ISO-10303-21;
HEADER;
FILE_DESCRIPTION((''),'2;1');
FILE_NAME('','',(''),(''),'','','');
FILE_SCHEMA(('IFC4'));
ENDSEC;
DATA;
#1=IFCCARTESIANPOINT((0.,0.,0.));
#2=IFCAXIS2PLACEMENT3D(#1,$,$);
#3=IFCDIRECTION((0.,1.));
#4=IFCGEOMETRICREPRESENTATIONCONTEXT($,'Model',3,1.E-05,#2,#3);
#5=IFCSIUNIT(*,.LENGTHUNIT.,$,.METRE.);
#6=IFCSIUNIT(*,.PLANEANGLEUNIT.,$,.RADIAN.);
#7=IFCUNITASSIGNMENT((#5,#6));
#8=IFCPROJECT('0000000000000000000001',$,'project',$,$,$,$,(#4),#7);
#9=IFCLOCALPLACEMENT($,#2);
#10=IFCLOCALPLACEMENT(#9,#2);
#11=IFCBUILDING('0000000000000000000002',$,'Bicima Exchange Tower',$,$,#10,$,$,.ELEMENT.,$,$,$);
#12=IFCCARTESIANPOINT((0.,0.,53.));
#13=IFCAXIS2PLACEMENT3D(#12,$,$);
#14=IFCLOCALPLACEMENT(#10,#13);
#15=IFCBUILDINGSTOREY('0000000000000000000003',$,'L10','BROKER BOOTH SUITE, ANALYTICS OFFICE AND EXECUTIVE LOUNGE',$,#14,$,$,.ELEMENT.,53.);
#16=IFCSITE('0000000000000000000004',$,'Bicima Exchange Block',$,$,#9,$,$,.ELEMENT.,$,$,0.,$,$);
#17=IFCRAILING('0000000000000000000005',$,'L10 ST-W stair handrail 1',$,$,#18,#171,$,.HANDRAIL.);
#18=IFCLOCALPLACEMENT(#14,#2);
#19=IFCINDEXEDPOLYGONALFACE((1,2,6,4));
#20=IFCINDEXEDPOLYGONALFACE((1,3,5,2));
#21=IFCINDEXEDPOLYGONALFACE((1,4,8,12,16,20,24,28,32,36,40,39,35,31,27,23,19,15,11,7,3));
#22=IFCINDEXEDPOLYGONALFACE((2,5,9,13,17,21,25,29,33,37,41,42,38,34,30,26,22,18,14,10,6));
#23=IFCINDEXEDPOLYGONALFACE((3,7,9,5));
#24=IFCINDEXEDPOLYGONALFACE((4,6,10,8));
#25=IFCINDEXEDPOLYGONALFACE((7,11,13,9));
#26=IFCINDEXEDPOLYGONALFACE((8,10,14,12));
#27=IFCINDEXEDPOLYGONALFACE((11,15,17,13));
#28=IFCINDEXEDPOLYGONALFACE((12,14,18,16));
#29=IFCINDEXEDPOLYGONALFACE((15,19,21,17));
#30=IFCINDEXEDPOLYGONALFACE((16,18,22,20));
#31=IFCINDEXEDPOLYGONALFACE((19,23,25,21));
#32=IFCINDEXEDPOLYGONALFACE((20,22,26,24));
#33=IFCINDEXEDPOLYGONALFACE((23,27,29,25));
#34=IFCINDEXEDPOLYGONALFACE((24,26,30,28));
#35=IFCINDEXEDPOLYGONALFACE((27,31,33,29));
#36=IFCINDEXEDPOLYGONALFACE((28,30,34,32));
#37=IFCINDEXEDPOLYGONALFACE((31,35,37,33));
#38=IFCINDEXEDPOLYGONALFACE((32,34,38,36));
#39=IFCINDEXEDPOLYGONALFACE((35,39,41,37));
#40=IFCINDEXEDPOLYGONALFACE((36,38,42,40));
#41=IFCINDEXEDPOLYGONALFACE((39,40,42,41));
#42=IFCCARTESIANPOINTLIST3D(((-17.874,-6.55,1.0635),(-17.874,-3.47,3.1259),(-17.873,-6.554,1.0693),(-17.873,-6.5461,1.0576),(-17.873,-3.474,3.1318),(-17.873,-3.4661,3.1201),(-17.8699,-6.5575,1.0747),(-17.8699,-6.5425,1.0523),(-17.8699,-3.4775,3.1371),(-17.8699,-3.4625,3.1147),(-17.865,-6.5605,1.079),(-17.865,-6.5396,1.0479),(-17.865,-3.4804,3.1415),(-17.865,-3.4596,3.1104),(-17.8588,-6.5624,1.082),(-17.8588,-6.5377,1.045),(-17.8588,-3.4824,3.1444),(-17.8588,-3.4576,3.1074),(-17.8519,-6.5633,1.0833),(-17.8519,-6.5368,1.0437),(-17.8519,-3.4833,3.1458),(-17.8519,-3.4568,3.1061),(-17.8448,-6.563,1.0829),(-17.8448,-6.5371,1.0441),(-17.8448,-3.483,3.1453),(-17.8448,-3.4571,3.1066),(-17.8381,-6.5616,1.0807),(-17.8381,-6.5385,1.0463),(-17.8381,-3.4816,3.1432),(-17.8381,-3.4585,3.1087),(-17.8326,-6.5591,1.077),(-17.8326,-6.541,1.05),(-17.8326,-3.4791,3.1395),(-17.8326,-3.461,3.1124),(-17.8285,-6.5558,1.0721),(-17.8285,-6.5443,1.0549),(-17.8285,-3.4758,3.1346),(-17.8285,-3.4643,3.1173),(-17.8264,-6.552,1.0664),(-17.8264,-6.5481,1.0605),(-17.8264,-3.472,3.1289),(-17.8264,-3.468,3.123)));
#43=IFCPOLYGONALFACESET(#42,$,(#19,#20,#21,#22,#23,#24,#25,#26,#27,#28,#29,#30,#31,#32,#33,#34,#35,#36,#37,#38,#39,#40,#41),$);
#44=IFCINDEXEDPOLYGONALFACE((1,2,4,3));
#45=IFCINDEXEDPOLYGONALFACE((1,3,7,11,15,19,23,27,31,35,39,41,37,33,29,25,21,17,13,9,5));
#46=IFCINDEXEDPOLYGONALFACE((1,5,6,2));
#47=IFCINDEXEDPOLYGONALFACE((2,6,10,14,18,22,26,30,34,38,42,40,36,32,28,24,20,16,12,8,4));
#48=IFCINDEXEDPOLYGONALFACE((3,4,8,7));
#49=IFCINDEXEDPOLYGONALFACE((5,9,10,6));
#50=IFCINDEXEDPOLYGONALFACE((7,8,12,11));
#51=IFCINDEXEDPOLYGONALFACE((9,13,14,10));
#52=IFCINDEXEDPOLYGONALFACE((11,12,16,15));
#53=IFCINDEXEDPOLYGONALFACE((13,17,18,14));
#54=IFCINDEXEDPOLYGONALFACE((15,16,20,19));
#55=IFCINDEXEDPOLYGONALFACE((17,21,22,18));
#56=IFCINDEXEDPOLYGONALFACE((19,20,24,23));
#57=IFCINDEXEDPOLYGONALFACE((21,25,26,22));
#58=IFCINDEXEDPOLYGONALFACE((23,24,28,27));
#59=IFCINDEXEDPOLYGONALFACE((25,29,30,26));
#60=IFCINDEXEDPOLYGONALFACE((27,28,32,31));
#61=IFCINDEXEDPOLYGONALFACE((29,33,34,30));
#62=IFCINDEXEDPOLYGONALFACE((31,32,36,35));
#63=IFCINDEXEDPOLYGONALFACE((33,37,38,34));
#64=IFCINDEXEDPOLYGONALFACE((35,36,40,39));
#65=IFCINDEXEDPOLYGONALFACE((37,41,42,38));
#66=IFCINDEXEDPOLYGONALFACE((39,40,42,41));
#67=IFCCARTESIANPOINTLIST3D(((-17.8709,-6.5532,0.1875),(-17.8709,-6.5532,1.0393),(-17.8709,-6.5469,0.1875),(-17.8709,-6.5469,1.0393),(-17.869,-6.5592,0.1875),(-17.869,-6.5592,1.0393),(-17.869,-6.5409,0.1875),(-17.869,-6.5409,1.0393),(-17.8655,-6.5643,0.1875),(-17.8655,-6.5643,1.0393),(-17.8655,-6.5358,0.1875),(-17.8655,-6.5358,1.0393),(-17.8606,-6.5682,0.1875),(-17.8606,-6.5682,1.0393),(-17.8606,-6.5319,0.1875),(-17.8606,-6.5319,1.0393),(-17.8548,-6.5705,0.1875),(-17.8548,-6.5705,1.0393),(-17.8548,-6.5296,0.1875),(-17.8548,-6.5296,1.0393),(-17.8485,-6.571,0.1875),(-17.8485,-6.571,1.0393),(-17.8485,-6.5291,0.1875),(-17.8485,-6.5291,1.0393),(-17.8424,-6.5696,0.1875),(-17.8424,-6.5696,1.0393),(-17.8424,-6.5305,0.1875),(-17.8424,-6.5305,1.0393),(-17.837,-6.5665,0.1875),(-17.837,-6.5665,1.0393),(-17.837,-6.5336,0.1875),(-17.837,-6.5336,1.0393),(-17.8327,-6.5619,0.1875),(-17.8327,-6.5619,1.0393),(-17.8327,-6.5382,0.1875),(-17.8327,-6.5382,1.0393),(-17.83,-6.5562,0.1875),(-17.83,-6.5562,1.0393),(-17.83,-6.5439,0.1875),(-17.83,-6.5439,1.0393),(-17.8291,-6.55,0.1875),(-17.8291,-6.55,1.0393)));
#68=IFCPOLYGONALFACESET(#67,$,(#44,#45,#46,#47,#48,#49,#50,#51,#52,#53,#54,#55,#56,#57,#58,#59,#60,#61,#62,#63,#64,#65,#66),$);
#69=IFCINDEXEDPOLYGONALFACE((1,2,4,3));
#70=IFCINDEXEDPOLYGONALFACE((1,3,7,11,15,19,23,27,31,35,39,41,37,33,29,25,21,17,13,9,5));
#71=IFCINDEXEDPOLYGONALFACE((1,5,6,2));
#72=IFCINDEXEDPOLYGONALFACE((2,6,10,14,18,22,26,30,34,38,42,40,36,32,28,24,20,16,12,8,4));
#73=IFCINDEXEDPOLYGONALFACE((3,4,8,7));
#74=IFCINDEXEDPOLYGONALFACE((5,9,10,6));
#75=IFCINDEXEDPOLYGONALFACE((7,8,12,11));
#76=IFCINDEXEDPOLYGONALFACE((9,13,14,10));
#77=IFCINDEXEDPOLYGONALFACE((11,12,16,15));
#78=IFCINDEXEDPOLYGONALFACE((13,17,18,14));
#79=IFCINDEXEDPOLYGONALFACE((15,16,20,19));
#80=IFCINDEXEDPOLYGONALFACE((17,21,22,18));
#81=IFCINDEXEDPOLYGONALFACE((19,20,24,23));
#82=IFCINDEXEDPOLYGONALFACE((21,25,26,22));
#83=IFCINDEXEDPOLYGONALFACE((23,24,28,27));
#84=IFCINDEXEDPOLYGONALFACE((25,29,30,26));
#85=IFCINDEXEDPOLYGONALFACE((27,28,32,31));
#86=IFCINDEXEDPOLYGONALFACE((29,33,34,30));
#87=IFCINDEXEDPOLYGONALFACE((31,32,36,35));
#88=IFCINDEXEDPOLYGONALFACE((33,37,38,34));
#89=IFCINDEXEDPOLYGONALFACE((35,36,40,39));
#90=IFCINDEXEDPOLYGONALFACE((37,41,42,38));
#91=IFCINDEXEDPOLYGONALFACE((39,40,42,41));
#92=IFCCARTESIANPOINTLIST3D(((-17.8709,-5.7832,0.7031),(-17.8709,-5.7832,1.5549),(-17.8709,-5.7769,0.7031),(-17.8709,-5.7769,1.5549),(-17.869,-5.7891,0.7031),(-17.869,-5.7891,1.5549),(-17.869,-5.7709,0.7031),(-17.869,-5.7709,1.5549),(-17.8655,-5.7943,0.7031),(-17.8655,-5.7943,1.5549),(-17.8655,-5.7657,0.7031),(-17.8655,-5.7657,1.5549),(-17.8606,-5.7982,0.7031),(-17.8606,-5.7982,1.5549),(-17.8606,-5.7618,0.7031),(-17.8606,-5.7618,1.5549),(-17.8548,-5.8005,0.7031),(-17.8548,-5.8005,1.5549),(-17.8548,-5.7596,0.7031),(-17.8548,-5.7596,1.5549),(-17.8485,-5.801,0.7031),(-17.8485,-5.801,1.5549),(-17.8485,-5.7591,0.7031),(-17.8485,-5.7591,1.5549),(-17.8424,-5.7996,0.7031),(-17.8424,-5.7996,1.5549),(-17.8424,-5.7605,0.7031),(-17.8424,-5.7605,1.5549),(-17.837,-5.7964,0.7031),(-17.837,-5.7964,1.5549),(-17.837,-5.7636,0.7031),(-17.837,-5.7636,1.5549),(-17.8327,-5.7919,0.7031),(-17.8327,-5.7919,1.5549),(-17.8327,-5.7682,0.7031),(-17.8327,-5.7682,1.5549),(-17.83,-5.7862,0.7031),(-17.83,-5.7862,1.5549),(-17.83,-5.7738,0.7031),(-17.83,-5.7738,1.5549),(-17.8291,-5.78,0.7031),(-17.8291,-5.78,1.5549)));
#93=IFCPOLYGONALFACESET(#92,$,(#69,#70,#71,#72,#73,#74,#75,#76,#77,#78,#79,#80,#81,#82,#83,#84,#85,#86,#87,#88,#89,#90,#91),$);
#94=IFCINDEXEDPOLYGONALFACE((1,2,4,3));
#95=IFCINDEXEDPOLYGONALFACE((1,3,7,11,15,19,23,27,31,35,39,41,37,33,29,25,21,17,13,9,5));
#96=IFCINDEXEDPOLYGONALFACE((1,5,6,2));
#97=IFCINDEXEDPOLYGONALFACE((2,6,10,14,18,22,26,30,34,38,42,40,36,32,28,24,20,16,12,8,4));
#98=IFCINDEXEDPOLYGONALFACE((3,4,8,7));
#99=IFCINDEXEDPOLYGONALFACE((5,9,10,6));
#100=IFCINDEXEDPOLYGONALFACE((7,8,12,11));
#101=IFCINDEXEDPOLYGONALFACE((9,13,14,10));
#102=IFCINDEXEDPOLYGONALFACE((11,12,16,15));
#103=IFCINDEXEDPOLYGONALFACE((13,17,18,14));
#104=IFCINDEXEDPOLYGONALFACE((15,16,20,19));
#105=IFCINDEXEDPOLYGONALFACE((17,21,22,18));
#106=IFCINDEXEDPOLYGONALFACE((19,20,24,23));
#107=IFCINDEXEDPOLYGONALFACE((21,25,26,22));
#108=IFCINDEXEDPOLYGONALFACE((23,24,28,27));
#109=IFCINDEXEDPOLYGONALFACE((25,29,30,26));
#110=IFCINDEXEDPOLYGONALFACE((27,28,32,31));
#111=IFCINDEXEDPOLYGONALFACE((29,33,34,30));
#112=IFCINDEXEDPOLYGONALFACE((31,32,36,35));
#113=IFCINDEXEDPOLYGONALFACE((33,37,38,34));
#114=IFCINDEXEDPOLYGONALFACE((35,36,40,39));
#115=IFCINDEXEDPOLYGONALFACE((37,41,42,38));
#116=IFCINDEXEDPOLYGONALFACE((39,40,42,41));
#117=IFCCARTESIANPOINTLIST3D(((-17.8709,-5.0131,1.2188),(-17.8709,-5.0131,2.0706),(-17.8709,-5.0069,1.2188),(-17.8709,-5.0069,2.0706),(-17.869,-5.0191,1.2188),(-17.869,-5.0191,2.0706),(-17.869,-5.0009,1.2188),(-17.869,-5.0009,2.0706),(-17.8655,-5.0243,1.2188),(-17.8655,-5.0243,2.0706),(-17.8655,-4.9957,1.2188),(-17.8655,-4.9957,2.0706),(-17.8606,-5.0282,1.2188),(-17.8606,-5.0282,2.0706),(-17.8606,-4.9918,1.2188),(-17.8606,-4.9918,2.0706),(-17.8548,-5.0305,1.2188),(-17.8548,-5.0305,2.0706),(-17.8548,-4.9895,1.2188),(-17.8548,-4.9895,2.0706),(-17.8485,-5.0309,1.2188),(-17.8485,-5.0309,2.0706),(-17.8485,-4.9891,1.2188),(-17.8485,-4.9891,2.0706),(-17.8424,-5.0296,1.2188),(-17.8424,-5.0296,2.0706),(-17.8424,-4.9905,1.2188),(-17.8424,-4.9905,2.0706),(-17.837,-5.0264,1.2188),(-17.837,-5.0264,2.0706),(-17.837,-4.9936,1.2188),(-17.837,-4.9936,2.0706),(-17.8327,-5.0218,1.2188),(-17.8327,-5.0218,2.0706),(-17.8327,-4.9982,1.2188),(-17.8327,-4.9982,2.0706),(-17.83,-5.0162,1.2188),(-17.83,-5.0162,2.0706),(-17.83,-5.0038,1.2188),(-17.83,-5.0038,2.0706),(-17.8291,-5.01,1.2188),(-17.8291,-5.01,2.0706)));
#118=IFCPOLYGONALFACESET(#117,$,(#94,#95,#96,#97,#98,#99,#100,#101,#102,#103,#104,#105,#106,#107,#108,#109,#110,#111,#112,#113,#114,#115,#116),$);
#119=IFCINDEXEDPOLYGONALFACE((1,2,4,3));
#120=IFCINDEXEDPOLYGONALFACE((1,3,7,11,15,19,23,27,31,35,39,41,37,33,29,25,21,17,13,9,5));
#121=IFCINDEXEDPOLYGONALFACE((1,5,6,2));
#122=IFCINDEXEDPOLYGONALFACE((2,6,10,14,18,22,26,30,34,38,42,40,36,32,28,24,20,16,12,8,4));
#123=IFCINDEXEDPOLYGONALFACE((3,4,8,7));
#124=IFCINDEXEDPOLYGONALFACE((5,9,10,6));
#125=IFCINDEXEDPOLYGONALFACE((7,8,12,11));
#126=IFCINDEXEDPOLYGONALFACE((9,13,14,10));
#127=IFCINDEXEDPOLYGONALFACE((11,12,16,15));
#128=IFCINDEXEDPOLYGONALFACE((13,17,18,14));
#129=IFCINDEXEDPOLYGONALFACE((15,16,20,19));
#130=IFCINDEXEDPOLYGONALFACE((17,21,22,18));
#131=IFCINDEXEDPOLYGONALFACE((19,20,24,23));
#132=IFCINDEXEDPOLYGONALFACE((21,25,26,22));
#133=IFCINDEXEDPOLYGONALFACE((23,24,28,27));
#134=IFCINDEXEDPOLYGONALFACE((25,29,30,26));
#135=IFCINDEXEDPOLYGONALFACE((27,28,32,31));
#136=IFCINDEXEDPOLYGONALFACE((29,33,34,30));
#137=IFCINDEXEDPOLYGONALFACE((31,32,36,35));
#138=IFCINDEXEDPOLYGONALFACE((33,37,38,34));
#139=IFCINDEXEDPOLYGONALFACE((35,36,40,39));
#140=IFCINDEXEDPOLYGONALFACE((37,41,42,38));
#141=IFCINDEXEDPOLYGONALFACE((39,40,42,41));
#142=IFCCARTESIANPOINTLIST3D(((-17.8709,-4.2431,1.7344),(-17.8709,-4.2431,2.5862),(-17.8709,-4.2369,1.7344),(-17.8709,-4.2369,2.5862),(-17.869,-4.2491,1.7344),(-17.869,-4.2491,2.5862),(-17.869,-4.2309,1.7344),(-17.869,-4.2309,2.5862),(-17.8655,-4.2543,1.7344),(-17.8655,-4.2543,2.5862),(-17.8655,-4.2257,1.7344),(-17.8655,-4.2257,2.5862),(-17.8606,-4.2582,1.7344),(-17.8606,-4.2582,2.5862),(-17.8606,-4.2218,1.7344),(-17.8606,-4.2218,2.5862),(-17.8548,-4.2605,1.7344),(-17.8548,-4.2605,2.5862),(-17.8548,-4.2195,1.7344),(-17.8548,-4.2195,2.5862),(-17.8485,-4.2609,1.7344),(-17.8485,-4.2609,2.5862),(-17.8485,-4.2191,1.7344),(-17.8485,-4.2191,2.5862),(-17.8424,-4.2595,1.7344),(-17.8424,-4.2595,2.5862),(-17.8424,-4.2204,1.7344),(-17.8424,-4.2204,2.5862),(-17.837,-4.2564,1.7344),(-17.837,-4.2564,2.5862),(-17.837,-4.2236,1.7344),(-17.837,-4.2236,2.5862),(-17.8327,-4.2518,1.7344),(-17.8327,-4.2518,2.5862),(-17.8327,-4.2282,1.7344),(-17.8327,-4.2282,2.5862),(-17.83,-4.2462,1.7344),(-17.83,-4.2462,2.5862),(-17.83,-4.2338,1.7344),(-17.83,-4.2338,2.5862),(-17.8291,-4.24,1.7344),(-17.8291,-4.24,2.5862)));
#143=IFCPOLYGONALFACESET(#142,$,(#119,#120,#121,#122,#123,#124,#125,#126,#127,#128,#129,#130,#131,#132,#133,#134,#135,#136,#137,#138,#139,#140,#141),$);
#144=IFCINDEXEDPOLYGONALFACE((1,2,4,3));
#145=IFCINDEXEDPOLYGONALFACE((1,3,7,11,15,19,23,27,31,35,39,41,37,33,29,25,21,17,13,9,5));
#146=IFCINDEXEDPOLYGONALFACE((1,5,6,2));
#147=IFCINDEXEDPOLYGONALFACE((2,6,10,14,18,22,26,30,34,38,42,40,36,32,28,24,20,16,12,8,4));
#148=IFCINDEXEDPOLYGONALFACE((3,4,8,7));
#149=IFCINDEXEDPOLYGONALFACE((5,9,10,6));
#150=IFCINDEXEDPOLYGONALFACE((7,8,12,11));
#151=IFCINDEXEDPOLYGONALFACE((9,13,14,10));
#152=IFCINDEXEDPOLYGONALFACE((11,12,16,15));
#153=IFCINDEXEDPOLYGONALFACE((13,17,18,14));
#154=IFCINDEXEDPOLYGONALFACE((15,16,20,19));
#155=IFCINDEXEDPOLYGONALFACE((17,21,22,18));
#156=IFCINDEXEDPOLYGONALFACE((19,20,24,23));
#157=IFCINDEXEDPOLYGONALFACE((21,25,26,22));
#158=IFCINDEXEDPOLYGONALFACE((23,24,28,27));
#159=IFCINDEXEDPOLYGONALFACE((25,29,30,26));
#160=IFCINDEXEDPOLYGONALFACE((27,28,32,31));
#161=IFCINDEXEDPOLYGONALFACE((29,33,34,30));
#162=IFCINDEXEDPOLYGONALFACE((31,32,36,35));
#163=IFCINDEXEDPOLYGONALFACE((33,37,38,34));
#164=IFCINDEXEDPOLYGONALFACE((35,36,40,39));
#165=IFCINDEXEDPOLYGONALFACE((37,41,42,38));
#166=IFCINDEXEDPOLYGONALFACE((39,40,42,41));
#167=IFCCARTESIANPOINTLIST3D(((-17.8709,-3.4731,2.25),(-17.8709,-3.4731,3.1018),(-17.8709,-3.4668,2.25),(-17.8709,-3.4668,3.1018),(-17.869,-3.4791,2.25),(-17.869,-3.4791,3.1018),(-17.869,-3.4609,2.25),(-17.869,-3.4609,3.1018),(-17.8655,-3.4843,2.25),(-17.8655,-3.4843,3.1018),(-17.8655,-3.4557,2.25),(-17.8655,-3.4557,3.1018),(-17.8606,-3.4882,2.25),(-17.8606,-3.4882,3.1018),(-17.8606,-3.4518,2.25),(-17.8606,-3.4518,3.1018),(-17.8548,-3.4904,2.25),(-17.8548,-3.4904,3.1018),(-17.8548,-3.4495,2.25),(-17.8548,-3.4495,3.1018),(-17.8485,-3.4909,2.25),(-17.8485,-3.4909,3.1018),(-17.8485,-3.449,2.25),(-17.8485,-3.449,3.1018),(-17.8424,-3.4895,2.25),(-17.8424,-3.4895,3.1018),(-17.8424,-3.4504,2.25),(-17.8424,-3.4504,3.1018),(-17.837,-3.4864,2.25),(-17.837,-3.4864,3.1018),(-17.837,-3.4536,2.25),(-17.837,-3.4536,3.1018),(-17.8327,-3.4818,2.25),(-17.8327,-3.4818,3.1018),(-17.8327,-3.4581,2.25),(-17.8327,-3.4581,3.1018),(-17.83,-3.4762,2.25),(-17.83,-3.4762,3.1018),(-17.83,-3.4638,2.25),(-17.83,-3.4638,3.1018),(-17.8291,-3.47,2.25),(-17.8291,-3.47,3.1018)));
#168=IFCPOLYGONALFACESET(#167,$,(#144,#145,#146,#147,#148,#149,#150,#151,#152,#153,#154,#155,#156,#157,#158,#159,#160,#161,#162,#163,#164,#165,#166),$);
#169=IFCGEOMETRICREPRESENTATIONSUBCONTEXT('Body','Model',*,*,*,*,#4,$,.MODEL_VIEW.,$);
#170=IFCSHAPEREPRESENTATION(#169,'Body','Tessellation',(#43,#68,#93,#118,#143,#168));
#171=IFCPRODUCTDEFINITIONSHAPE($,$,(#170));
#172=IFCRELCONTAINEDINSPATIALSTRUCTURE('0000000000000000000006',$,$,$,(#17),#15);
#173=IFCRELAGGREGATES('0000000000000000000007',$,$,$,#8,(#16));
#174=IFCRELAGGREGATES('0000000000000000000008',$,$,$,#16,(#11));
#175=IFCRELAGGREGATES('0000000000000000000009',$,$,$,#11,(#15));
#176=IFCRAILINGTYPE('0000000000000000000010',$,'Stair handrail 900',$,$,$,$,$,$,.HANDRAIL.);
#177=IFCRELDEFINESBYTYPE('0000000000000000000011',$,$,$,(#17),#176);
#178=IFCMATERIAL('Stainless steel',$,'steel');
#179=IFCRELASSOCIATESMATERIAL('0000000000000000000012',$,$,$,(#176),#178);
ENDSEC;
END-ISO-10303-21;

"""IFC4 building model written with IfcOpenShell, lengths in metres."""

from ifc_helpers import new_model, si_unit, direction, frame, origin, origin_2d, place, context, subcontext, project, spatial, circle, extrude, material, type_object, element, save


model = new_model("IFC4")

# Units and contexts
model_context = context("Model", 3, precision=1e-05, world=origin(), true_north=direction((0.0, 1.0)))
body_context = subcontext(model_context, "Body", "Model", "MODEL_VIEW")
ifc_project = project(units=[si_unit("LENGTHUNIT", "METRE"), si_unit("PLANEANGLEUNIT", "RADIAN")], contexts=[model_context])

# Site, building, storey
site_placement = place(None, origin())
site = spatial("IfcSite", under=ifc_project, at=site_placement, Name="Bicima Exchange Block", CompositionType="ELEMENT", RefElevation=0.0)
building_placement = place(site_placement, origin())
building = spatial("IfcBuilding", under=site, at=building_placement, Name="Bicima Exchange Tower", CompositionType="ELEMENT")
storey_placement = place(building_placement, frame((0.0, 0.0, 53.0)))
storey = spatial("IfcBuildingStorey", under=building, at=storey_placement, Name="L10", Description="BROKER BOOTH SUITE, ANALYTICS OFFICE AND EXECUTIVE LOUNGE", CompositionType="ELEMENT", Elevation=53.0)

# Shared definitions
ifc_material_1 = material(Name="Stainless steel", Category="steel")

# Railing
railing_type_1 = type_object("IfcRailingType", Name="Stair handrail 900", PredefinedType="HANDRAIL", material=ifc_material_1)
railing_1_placement = place(storey_placement, frame((-17.8501, -6.55, 0.1875)))
element("IfcRailing", 1, at=railing_1_placement, inside=storey, type_object=railing_type_1, Name="L10 ST-W stair handrail 1", PredefinedType="HANDRAIL", context=body_context, shape_type="SweptSolid", body=[
    extrude(circle(Radius=0.0239, at=origin_2d()), frame((0.0, 0.0, 0.876), z_axis=(0.0, 0.830914, 0.556401), x_axis=(-1.0, 0.0, 0.0)), (0.0, 0.0, 1.0), 3.7068),
    extrude(circle(Radius=0.021, at=origin_2d()), origin(), (0.0, 0.0, 1.0), 0.8518),
    extrude(circle(Radius=0.021, at=origin_2d()), frame((0.0, 0.77, 0.5156)), (0.0, 0.0, 1.0), 0.8518),
    extrude(circle(Radius=0.021, at=origin_2d()), frame((0.0, 1.54, 1.0312)), (0.0, 0.0, 1.0), 0.8518),
    extrude(circle(Radius=0.021, at=origin_2d()), frame((0.0, 2.3101, 1.5469)), (0.0, 0.0, 1.0), 0.8518),
    extrude(circle(Radius=0.021, at=origin_2d()), frame((0.0, 3.0801, 2.0625)), (0.0, 0.0, 1.0), 0.8518),
])

save(model, "model.ifc")
